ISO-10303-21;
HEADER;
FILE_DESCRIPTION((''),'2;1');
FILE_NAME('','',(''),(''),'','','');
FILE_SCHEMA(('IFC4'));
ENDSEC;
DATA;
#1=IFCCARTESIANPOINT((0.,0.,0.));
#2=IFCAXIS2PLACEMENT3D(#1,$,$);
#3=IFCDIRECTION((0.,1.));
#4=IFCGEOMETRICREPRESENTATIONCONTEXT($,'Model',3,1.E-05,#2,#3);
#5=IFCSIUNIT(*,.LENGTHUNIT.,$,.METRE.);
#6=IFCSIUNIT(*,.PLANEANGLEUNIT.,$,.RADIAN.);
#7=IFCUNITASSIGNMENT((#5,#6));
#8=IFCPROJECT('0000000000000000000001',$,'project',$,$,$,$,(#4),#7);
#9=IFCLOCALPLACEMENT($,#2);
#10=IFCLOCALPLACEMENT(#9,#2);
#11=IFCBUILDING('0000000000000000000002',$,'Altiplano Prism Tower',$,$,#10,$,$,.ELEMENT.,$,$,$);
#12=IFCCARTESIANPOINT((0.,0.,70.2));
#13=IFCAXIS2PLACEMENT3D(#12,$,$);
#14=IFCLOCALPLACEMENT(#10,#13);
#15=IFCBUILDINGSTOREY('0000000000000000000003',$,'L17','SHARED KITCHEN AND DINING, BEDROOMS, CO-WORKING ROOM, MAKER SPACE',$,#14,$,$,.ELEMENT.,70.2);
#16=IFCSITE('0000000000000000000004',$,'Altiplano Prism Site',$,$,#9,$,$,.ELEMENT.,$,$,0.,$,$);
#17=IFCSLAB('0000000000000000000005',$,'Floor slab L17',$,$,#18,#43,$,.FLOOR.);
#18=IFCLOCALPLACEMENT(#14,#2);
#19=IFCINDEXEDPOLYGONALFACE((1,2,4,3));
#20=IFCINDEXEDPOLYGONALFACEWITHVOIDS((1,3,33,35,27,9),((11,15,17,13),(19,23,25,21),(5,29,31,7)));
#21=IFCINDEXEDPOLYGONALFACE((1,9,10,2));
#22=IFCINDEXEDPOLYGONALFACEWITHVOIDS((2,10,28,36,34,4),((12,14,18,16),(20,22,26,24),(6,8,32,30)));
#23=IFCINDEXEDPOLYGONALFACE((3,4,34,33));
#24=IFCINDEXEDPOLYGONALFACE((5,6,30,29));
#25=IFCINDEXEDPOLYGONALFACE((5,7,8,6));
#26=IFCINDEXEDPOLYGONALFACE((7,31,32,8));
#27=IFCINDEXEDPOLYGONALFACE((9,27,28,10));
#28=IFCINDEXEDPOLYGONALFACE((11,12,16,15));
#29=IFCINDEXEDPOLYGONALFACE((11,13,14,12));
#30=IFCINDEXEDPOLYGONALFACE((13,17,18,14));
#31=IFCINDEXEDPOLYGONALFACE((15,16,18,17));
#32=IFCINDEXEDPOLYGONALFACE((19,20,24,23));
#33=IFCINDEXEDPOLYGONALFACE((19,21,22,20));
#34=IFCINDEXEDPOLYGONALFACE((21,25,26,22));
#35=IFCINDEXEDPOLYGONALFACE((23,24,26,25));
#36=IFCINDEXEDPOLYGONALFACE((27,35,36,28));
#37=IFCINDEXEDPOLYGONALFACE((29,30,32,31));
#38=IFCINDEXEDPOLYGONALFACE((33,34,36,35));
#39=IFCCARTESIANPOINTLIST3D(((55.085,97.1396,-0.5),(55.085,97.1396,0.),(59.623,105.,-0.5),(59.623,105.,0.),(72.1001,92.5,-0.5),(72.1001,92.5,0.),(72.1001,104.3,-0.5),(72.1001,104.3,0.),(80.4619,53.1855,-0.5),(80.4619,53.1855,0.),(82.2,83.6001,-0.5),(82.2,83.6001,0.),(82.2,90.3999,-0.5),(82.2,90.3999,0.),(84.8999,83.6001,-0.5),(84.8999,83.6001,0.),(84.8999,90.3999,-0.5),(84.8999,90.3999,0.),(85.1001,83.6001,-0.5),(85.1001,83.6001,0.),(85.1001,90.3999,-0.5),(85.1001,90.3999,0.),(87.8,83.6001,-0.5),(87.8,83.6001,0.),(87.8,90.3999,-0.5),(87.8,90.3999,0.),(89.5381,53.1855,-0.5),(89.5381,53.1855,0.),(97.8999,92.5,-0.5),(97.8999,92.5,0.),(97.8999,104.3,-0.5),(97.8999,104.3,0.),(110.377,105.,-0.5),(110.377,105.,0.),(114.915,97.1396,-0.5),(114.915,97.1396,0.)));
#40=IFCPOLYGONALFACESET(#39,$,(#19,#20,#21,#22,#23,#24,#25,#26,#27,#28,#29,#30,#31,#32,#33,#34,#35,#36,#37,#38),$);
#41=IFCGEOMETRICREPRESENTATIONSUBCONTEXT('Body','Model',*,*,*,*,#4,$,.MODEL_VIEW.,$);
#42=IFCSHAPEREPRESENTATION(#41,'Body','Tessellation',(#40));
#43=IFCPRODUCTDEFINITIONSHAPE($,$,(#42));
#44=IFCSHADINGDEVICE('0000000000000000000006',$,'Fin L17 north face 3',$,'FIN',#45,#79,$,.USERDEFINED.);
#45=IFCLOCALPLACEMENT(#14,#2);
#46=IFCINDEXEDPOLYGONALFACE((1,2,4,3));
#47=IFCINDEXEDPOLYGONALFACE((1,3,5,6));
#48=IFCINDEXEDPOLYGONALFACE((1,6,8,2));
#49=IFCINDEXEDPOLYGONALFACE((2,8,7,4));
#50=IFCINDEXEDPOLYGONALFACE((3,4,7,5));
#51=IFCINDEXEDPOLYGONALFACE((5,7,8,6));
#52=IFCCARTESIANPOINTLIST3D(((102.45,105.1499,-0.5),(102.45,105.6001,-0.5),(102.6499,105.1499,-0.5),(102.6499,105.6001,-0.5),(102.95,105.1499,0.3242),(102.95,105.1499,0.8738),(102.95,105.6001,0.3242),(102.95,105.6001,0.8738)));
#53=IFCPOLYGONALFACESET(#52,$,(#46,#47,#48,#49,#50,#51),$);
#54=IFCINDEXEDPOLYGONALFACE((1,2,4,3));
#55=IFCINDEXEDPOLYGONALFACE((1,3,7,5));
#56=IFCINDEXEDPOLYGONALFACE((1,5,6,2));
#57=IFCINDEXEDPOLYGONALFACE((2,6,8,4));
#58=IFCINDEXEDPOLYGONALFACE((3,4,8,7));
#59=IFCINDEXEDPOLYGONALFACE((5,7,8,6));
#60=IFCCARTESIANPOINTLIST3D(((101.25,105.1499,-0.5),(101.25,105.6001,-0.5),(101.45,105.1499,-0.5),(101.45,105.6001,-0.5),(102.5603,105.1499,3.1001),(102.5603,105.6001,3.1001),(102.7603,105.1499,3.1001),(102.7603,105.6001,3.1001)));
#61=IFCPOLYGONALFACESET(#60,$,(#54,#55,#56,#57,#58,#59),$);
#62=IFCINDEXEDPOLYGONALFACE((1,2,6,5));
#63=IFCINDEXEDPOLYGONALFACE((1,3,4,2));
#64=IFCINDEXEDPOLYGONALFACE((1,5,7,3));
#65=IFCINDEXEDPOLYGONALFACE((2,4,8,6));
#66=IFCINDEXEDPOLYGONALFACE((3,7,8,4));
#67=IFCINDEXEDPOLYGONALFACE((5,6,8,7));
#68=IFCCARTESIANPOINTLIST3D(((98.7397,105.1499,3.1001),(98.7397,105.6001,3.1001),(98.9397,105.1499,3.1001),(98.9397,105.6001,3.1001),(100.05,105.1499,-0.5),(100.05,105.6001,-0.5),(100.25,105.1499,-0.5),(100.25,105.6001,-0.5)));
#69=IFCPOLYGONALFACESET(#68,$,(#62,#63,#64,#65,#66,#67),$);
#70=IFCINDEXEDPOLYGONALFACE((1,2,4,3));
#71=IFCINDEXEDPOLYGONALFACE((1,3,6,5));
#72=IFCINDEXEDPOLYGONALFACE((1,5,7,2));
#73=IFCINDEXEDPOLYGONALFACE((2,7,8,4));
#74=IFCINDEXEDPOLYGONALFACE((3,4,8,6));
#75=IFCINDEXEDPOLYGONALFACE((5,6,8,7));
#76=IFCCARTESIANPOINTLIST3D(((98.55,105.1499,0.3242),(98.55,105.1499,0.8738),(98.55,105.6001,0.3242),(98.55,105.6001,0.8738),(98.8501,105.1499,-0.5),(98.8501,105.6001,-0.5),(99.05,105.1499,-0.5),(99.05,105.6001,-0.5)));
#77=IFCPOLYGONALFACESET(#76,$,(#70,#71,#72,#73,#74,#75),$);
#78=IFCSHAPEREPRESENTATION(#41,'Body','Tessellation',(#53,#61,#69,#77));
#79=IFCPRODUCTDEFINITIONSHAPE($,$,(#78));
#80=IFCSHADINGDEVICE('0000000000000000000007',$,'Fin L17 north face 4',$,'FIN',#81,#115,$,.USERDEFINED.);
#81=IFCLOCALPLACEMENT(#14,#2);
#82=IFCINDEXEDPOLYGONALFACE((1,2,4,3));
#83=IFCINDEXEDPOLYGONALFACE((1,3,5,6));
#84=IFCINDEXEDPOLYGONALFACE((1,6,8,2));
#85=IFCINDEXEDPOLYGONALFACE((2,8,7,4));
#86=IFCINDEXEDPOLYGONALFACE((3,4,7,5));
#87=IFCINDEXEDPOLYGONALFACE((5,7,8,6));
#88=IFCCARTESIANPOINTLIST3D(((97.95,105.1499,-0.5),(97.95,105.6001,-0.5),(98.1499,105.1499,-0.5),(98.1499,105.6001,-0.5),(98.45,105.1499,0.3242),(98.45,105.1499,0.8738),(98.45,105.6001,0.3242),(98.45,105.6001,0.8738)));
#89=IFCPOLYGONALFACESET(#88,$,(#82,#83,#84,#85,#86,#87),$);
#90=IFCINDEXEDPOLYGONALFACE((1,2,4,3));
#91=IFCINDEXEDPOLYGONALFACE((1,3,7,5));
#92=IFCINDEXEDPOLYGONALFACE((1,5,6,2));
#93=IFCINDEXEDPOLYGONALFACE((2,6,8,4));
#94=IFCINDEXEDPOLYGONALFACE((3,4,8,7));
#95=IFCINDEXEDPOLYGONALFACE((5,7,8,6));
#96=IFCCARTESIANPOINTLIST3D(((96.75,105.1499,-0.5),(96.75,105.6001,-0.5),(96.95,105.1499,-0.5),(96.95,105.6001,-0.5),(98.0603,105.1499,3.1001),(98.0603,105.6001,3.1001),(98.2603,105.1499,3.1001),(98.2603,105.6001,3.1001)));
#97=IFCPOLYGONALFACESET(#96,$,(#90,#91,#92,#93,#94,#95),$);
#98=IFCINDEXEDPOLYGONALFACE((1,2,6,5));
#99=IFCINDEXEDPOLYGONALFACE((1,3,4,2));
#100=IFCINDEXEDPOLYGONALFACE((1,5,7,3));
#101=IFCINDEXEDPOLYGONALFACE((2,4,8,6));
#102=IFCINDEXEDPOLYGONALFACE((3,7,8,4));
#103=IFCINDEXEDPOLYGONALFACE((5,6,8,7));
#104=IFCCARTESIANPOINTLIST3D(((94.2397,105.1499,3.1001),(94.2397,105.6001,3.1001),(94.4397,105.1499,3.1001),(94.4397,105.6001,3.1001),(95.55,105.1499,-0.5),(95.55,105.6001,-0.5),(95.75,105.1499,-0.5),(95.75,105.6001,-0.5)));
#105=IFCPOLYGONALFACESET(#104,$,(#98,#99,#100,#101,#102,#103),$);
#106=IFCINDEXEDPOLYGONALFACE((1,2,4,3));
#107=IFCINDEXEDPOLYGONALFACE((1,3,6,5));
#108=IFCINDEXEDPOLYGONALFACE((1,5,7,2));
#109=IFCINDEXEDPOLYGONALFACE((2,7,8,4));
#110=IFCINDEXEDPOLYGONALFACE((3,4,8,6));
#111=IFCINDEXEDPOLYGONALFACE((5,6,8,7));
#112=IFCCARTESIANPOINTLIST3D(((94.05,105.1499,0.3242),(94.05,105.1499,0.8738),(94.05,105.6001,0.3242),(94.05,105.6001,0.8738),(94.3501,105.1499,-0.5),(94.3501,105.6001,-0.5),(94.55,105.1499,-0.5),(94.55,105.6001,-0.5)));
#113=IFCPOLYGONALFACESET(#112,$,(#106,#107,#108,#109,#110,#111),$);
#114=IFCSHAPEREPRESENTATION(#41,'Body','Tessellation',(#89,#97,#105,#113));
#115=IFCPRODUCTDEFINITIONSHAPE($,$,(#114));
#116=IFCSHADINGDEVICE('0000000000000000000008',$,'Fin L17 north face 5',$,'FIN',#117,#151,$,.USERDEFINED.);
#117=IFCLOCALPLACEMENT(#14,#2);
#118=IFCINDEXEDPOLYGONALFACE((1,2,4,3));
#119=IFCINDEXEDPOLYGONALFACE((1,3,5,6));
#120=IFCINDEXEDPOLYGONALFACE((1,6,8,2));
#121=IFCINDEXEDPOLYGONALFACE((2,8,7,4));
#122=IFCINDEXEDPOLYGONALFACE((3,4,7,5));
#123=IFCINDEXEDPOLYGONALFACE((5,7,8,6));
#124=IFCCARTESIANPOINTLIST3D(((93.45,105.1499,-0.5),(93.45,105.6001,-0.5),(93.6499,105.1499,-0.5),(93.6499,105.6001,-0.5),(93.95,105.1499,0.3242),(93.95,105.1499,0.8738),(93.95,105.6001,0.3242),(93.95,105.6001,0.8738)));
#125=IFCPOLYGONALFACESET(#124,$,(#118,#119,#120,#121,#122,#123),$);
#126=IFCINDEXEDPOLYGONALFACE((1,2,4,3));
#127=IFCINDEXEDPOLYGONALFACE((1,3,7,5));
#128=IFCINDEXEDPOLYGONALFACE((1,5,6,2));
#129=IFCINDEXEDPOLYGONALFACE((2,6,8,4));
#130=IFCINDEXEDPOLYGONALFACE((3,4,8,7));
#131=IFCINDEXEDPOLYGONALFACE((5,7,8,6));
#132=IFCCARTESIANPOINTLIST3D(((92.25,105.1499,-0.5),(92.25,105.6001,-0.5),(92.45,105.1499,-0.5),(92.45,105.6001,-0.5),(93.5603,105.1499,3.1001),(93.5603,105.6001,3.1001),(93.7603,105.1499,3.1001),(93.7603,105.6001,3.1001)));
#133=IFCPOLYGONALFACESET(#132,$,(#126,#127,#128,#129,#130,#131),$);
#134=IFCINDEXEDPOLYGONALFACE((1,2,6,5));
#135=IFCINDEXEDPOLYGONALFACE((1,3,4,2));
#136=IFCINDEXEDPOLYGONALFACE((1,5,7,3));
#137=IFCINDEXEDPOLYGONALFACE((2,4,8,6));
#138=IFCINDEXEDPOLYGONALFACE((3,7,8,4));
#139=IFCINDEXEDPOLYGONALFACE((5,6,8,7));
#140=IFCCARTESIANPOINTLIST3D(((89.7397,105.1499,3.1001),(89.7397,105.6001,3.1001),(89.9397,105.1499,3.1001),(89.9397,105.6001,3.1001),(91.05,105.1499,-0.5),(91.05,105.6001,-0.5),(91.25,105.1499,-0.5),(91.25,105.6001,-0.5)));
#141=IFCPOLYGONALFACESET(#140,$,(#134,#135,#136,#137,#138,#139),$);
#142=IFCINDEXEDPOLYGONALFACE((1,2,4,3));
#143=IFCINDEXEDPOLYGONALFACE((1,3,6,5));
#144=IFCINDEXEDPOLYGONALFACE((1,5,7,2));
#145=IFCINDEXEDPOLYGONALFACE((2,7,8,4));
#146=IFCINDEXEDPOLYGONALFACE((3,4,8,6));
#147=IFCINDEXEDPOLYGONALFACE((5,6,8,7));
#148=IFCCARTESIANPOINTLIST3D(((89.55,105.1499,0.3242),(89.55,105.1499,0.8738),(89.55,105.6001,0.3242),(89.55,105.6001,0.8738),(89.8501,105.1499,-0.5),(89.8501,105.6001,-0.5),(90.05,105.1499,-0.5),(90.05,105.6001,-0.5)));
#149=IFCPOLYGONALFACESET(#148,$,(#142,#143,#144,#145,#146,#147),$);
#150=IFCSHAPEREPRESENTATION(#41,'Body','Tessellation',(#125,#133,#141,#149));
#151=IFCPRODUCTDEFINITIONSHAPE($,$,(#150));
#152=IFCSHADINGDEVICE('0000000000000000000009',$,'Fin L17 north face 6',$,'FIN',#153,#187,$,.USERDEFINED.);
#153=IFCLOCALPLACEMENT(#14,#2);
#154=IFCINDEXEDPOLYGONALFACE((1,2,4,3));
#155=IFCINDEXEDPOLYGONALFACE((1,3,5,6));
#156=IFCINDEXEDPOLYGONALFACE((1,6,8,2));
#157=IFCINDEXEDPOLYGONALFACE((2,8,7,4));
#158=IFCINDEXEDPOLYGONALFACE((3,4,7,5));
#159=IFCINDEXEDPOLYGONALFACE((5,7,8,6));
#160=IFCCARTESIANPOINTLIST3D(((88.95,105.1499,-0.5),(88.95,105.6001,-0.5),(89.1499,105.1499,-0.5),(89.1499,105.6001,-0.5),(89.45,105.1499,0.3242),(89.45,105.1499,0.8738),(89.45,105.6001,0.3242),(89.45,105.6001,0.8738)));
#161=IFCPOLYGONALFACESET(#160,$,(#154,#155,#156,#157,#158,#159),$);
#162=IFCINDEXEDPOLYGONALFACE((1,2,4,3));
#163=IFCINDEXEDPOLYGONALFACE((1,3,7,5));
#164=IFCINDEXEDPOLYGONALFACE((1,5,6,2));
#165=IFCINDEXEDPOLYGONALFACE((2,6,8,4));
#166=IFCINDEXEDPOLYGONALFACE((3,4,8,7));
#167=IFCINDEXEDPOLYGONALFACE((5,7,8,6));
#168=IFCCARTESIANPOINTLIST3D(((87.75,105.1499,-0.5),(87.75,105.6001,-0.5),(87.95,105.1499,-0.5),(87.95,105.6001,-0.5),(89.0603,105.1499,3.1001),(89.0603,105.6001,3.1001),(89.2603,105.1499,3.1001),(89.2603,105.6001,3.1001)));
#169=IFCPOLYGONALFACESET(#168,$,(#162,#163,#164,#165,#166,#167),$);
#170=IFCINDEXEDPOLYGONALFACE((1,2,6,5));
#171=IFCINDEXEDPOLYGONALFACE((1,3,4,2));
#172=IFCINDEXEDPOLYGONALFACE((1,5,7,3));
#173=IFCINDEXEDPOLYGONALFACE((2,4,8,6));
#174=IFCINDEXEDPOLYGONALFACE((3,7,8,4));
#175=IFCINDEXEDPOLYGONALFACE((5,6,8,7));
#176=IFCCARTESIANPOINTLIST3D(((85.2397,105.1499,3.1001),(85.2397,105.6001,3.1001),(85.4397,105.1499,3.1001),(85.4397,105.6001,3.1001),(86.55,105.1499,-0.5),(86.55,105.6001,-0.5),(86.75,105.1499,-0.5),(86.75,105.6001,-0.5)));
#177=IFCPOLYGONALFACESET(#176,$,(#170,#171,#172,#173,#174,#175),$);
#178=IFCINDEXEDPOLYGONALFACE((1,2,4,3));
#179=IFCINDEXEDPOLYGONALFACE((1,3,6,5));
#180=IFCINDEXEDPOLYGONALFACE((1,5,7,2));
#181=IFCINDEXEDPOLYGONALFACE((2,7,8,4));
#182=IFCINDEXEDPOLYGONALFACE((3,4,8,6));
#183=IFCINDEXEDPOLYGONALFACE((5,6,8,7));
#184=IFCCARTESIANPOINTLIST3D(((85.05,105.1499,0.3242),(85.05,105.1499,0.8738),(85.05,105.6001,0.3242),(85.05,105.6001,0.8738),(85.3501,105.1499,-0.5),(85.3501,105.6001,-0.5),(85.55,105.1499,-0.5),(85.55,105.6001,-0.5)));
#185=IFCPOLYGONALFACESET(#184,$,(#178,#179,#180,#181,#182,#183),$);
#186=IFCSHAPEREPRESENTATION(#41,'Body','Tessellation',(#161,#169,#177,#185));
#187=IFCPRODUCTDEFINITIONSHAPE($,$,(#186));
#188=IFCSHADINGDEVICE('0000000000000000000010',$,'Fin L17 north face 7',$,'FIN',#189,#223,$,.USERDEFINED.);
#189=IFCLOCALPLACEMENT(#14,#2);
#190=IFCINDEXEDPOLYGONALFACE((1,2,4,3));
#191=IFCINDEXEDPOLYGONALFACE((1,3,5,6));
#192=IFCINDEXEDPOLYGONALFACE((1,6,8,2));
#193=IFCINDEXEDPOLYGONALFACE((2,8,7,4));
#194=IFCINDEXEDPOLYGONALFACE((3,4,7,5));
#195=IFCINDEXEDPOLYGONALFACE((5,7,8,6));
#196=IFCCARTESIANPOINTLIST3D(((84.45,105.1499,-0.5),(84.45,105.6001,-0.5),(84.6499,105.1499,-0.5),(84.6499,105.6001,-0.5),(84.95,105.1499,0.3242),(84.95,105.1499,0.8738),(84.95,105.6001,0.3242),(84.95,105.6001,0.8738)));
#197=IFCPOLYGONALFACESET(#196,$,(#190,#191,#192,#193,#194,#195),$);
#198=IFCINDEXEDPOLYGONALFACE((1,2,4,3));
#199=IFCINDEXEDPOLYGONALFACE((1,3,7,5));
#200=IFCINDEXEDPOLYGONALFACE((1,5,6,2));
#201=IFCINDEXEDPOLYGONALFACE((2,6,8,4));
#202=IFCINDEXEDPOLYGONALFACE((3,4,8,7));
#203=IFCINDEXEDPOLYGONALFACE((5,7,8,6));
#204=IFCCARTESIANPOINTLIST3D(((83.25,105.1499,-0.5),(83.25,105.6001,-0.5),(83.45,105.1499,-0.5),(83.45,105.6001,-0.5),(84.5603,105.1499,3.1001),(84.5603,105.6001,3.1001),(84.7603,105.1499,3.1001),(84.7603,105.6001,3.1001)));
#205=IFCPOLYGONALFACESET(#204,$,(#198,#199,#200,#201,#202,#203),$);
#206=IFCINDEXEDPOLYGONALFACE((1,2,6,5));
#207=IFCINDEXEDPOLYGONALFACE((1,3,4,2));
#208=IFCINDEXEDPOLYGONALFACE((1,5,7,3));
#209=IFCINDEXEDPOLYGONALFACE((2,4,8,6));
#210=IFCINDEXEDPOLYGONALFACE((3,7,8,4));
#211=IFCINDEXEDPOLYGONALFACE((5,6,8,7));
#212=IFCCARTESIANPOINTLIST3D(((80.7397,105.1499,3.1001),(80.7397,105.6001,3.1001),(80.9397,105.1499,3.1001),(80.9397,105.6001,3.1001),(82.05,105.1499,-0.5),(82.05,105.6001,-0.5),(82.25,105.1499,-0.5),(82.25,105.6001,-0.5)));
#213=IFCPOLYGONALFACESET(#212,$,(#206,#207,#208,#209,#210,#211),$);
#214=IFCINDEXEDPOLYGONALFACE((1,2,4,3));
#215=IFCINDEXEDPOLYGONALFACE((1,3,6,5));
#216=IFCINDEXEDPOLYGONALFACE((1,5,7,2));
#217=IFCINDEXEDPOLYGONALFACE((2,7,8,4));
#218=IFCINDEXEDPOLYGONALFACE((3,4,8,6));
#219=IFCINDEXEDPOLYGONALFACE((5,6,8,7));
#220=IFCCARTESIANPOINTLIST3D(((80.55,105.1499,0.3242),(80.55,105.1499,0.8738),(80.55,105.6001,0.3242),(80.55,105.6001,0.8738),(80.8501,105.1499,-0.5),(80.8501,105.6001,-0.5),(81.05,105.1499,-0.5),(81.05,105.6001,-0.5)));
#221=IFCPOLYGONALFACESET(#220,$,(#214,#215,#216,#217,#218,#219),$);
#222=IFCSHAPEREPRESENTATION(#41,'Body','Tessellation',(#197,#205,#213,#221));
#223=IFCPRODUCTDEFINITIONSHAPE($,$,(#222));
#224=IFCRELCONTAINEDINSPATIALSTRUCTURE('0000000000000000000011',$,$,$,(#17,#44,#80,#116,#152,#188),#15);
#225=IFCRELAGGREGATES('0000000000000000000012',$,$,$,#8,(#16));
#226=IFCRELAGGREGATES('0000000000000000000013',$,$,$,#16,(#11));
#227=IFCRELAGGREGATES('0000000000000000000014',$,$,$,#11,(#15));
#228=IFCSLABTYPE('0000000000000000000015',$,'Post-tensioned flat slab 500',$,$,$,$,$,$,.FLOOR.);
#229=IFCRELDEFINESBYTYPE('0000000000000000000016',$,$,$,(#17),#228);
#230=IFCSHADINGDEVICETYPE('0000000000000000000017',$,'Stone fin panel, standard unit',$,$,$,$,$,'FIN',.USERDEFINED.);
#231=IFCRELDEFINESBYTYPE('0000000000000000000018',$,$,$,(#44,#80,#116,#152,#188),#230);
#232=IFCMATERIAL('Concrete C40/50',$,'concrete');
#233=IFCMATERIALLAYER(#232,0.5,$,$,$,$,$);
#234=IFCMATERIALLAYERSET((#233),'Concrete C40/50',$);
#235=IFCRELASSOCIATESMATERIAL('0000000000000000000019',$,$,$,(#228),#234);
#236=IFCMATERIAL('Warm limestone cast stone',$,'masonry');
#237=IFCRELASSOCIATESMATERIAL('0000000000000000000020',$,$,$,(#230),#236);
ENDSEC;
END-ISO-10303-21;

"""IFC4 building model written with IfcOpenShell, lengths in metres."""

from ifc_helpers import new_model, si_unit, direction, frame, origin, place, context, subcontext, project, spatial, polyline, outline, extrude, source, transform, mapped, material, layer, layer_set, type_object, element, save


model = new_model("IFC4")

# Units and contexts
model_context = context("Model", 3, precision=1e-05, world=origin(), true_north=direction((0.0, 1.0)))
body_context = subcontext(model_context, "Body", "Model", "MODEL_VIEW")
ifc_project = project(units=[si_unit("LENGTHUNIT", "METRE"), si_unit("PLANEANGLEUNIT", "RADIAN")], contexts=[model_context])

# Site, building, storey
site_placement = place(None, origin())
site = spatial("IfcSite", under=ifc_project, at=site_placement, Name="Altiplano Prism Site", CompositionType="ELEMENT", RefElevation=0.0)
building_placement = place(site_placement, origin())
building = spatial("IfcBuilding", under=site, at=building_placement, Name="Altiplano Prism Tower", CompositionType="ELEMENT")
storey_placement = place(building_placement, frame((0.0, 0.0, 70.2)))
storey = spatial("IfcBuildingStorey", under=building, at=storey_placement, Name="L17", Description="SHARED KITCHEN AND DINING, BEDROOMS, CO-WORKING ROOM, MAKER SPACE", CompositionType="ELEMENT", Elevation=70.2)

# Slab
ifc_material_1 = material(Name="Concrete C40/50", Category="concrete")
ifc_layer = layer(ifc_material_1, 0.5)
ifc_layer_set = layer_set([ifc_layer], Name="Concrete C40/50")
slab_type = type_object("IfcSlabType", Name="Post-tensioned flat slab 500", PredefinedType="FLOOR", material=ifc_layer_set)
slab_placement = place(storey_placement, frame((0.0, 0.0, -0.5)))
element("IfcSlab", 1, at=slab_placement, inside=storey, type_object=slab_type, Name="Floor slab L17", PredefinedType="FLOOR", context=body_context, shape_type="SweptSolid", body=[
    extrude(outline(polyline([(80.4619, 53.1855), (55.085, 97.1396), (59.623, 105.0), (110.377, 105.0), (114.915, 97.1396), (89.5381, 53.1855), (80.4619, 53.1855)]), holes=[polyline([(72.1001, 104.3), (72.1001, 92.5), (97.8999, 92.5), (97.8999, 104.3), (72.1001, 104.3)]), polyline([(84.8999, 90.3999), (82.2, 90.3999), (82.2, 83.6001), (84.8999, 83.6001), (84.8999, 90.3999)]), polyline([(87.8, 83.6001), (87.8, 90.3999), (85.1001, 90.3999), (85.1001, 83.6001), (87.8, 83.6001)])]), origin(), (0.0, 0.0, 1.0), 0.5),
])

# Shading devices
ifc_material_2 = material(Name="Warm limestone cast stone", Category="masonry")
shading_device_type_1 = type_object("IfcShadingDeviceType", Name="Stone fin panel, standard unit", ElementType="FIN", PredefinedType="USERDEFINED", material=ifc_material_2)
shared_shape_1 = source(origin(), body_context, "Body", "SweptSolid", [
    extrude(outline(polyline([(-2.2, 1.3738), (-2.2, 0.8242), (-1.8999, 0.0), (-1.7, 0.0), (-2.2, 1.3738)])), frame((0.0, -0.1499, 0.0), z_axis=(0.0, -1.0, 0.0), x_axis=(1.0, 0.0, 0.0)), (0.0, 0.0, 1.0), 0.4502),
    extrude(outline(polyline([(-2.0103, 3.6001), (-0.7, 0.0), (-0.5, 0.0), (-1.8103, 3.6001), (-2.0103, 3.6001)])), frame((0.0, -0.1499, 0.0), z_axis=(0.0, -1.0, 0.0), x_axis=(1.0, 0.0, 0.0)), (0.0, 0.0, 1.0), 0.4502),
    extrude(outline(polyline([(1.8103, 3.6001), (0.5, 0.0), (0.7, 0.0), (2.0103, 3.6001), (1.8103, 3.6001)])), frame((0.0, -0.1499, 0.0), z_axis=(0.0, -1.0, 0.0), x_axis=(1.0, 0.0, 0.0)), (0.0, 0.0, 1.0), 0.4502),
    extrude(outline(polyline([(2.2, 0.8242), (2.2, 1.3738), (1.7, 0.0), (1.8999, 0.0), (2.2, 0.8242)])), frame((0.0, -0.1499, 0.0), z_axis=(0.0, -1.0, 0.0), x_axis=(1.0, 0.0, 0.0)), (0.0, 0.0, 1.0), 0.4502),
])
shading_device_1_placement = place(storey_placement, origin())
element("IfcShadingDevice", 2, at=shading_device_1_placement, inside=storey, type_object=shading_device_type_1, Name="Fin L17 north face 3", ObjectType="FIN", PredefinedType="USERDEFINED", context=body_context, shape_type="MappedRepresentation", body=[
    mapped(shared_shape_1, transform((100.75, 105.0, -0.5), x_axis=(-1.0, 0.0, 0.0), y_axis=(0.0, -1.0, 0.0), z_axis=(0.0, 0.0, 1.0))),
])
shading_device_2_placement = place(storey_placement, origin())
element("IfcShadingDevice", 3, at=shading_device_2_placement, inside=storey, type_object=shading_device_type_1, Name="Fin L17 north face 4", ObjectType="FIN", PredefinedType="USERDEFINED", context=body_context, shape_type="MappedRepresentation", body=[
    mapped(shared_shape_1, transform((96.25, 105.0, -0.5), x_axis=(-1.0, 0.0, 0.0), y_axis=(0.0, -1.0, 0.0), z_axis=(0.0, 0.0, 1.0))),
])
shading_device_3_placement = place(storey_placement, origin())
element("IfcShadingDevice", 4, at=shading_device_3_placement, inside=storey, type_object=shading_device_type_1, Name="Fin L17 north face 5", ObjectType="FIN", PredefinedType="USERDEFINED", context=body_context, shape_type="MappedRepresentation", body=[
    mapped(shared_shape_1, transform((91.75, 105.0, -0.5), x_axis=(-1.0, 0.0, 0.0), y_axis=(0.0, -1.0, 0.0), z_axis=(0.0, 0.0, 1.0))),
])
shading_device_4_placement = place(storey_placement, origin())
element("IfcShadingDevice", 5, at=shading_device_4_placement, inside=storey, type_object=shading_device_type_1, Name="Fin L17 north face 6", ObjectType="FIN", PredefinedType="USERDEFINED", context=body_context, shape_type="MappedRepresentation", body=[
    mapped(shared_shape_1, transform((87.25, 105.0, -0.5), x_axis=(-1.0, 0.0, 0.0), y_axis=(0.0, -1.0, 0.0), z_axis=(0.0, 0.0, 1.0))),
])
shading_device_5_placement = place(storey_placement, origin())
element("IfcShadingDevice", 6, at=shading_device_5_placement, inside=storey, type_object=shading_device_type_1, Name="Fin L17 north face 7", ObjectType="FIN", PredefinedType="USERDEFINED", context=body_context, shape_type="MappedRepresentation", body=[
    mapped(shared_shape_1, transform((82.75, 105.0, -0.5), x_axis=(-1.0, 0.0, 0.0), y_axis=(0.0, -1.0, 0.0), z_axis=(0.0, 0.0, 1.0))),
])

save(model, "model.ifc")
